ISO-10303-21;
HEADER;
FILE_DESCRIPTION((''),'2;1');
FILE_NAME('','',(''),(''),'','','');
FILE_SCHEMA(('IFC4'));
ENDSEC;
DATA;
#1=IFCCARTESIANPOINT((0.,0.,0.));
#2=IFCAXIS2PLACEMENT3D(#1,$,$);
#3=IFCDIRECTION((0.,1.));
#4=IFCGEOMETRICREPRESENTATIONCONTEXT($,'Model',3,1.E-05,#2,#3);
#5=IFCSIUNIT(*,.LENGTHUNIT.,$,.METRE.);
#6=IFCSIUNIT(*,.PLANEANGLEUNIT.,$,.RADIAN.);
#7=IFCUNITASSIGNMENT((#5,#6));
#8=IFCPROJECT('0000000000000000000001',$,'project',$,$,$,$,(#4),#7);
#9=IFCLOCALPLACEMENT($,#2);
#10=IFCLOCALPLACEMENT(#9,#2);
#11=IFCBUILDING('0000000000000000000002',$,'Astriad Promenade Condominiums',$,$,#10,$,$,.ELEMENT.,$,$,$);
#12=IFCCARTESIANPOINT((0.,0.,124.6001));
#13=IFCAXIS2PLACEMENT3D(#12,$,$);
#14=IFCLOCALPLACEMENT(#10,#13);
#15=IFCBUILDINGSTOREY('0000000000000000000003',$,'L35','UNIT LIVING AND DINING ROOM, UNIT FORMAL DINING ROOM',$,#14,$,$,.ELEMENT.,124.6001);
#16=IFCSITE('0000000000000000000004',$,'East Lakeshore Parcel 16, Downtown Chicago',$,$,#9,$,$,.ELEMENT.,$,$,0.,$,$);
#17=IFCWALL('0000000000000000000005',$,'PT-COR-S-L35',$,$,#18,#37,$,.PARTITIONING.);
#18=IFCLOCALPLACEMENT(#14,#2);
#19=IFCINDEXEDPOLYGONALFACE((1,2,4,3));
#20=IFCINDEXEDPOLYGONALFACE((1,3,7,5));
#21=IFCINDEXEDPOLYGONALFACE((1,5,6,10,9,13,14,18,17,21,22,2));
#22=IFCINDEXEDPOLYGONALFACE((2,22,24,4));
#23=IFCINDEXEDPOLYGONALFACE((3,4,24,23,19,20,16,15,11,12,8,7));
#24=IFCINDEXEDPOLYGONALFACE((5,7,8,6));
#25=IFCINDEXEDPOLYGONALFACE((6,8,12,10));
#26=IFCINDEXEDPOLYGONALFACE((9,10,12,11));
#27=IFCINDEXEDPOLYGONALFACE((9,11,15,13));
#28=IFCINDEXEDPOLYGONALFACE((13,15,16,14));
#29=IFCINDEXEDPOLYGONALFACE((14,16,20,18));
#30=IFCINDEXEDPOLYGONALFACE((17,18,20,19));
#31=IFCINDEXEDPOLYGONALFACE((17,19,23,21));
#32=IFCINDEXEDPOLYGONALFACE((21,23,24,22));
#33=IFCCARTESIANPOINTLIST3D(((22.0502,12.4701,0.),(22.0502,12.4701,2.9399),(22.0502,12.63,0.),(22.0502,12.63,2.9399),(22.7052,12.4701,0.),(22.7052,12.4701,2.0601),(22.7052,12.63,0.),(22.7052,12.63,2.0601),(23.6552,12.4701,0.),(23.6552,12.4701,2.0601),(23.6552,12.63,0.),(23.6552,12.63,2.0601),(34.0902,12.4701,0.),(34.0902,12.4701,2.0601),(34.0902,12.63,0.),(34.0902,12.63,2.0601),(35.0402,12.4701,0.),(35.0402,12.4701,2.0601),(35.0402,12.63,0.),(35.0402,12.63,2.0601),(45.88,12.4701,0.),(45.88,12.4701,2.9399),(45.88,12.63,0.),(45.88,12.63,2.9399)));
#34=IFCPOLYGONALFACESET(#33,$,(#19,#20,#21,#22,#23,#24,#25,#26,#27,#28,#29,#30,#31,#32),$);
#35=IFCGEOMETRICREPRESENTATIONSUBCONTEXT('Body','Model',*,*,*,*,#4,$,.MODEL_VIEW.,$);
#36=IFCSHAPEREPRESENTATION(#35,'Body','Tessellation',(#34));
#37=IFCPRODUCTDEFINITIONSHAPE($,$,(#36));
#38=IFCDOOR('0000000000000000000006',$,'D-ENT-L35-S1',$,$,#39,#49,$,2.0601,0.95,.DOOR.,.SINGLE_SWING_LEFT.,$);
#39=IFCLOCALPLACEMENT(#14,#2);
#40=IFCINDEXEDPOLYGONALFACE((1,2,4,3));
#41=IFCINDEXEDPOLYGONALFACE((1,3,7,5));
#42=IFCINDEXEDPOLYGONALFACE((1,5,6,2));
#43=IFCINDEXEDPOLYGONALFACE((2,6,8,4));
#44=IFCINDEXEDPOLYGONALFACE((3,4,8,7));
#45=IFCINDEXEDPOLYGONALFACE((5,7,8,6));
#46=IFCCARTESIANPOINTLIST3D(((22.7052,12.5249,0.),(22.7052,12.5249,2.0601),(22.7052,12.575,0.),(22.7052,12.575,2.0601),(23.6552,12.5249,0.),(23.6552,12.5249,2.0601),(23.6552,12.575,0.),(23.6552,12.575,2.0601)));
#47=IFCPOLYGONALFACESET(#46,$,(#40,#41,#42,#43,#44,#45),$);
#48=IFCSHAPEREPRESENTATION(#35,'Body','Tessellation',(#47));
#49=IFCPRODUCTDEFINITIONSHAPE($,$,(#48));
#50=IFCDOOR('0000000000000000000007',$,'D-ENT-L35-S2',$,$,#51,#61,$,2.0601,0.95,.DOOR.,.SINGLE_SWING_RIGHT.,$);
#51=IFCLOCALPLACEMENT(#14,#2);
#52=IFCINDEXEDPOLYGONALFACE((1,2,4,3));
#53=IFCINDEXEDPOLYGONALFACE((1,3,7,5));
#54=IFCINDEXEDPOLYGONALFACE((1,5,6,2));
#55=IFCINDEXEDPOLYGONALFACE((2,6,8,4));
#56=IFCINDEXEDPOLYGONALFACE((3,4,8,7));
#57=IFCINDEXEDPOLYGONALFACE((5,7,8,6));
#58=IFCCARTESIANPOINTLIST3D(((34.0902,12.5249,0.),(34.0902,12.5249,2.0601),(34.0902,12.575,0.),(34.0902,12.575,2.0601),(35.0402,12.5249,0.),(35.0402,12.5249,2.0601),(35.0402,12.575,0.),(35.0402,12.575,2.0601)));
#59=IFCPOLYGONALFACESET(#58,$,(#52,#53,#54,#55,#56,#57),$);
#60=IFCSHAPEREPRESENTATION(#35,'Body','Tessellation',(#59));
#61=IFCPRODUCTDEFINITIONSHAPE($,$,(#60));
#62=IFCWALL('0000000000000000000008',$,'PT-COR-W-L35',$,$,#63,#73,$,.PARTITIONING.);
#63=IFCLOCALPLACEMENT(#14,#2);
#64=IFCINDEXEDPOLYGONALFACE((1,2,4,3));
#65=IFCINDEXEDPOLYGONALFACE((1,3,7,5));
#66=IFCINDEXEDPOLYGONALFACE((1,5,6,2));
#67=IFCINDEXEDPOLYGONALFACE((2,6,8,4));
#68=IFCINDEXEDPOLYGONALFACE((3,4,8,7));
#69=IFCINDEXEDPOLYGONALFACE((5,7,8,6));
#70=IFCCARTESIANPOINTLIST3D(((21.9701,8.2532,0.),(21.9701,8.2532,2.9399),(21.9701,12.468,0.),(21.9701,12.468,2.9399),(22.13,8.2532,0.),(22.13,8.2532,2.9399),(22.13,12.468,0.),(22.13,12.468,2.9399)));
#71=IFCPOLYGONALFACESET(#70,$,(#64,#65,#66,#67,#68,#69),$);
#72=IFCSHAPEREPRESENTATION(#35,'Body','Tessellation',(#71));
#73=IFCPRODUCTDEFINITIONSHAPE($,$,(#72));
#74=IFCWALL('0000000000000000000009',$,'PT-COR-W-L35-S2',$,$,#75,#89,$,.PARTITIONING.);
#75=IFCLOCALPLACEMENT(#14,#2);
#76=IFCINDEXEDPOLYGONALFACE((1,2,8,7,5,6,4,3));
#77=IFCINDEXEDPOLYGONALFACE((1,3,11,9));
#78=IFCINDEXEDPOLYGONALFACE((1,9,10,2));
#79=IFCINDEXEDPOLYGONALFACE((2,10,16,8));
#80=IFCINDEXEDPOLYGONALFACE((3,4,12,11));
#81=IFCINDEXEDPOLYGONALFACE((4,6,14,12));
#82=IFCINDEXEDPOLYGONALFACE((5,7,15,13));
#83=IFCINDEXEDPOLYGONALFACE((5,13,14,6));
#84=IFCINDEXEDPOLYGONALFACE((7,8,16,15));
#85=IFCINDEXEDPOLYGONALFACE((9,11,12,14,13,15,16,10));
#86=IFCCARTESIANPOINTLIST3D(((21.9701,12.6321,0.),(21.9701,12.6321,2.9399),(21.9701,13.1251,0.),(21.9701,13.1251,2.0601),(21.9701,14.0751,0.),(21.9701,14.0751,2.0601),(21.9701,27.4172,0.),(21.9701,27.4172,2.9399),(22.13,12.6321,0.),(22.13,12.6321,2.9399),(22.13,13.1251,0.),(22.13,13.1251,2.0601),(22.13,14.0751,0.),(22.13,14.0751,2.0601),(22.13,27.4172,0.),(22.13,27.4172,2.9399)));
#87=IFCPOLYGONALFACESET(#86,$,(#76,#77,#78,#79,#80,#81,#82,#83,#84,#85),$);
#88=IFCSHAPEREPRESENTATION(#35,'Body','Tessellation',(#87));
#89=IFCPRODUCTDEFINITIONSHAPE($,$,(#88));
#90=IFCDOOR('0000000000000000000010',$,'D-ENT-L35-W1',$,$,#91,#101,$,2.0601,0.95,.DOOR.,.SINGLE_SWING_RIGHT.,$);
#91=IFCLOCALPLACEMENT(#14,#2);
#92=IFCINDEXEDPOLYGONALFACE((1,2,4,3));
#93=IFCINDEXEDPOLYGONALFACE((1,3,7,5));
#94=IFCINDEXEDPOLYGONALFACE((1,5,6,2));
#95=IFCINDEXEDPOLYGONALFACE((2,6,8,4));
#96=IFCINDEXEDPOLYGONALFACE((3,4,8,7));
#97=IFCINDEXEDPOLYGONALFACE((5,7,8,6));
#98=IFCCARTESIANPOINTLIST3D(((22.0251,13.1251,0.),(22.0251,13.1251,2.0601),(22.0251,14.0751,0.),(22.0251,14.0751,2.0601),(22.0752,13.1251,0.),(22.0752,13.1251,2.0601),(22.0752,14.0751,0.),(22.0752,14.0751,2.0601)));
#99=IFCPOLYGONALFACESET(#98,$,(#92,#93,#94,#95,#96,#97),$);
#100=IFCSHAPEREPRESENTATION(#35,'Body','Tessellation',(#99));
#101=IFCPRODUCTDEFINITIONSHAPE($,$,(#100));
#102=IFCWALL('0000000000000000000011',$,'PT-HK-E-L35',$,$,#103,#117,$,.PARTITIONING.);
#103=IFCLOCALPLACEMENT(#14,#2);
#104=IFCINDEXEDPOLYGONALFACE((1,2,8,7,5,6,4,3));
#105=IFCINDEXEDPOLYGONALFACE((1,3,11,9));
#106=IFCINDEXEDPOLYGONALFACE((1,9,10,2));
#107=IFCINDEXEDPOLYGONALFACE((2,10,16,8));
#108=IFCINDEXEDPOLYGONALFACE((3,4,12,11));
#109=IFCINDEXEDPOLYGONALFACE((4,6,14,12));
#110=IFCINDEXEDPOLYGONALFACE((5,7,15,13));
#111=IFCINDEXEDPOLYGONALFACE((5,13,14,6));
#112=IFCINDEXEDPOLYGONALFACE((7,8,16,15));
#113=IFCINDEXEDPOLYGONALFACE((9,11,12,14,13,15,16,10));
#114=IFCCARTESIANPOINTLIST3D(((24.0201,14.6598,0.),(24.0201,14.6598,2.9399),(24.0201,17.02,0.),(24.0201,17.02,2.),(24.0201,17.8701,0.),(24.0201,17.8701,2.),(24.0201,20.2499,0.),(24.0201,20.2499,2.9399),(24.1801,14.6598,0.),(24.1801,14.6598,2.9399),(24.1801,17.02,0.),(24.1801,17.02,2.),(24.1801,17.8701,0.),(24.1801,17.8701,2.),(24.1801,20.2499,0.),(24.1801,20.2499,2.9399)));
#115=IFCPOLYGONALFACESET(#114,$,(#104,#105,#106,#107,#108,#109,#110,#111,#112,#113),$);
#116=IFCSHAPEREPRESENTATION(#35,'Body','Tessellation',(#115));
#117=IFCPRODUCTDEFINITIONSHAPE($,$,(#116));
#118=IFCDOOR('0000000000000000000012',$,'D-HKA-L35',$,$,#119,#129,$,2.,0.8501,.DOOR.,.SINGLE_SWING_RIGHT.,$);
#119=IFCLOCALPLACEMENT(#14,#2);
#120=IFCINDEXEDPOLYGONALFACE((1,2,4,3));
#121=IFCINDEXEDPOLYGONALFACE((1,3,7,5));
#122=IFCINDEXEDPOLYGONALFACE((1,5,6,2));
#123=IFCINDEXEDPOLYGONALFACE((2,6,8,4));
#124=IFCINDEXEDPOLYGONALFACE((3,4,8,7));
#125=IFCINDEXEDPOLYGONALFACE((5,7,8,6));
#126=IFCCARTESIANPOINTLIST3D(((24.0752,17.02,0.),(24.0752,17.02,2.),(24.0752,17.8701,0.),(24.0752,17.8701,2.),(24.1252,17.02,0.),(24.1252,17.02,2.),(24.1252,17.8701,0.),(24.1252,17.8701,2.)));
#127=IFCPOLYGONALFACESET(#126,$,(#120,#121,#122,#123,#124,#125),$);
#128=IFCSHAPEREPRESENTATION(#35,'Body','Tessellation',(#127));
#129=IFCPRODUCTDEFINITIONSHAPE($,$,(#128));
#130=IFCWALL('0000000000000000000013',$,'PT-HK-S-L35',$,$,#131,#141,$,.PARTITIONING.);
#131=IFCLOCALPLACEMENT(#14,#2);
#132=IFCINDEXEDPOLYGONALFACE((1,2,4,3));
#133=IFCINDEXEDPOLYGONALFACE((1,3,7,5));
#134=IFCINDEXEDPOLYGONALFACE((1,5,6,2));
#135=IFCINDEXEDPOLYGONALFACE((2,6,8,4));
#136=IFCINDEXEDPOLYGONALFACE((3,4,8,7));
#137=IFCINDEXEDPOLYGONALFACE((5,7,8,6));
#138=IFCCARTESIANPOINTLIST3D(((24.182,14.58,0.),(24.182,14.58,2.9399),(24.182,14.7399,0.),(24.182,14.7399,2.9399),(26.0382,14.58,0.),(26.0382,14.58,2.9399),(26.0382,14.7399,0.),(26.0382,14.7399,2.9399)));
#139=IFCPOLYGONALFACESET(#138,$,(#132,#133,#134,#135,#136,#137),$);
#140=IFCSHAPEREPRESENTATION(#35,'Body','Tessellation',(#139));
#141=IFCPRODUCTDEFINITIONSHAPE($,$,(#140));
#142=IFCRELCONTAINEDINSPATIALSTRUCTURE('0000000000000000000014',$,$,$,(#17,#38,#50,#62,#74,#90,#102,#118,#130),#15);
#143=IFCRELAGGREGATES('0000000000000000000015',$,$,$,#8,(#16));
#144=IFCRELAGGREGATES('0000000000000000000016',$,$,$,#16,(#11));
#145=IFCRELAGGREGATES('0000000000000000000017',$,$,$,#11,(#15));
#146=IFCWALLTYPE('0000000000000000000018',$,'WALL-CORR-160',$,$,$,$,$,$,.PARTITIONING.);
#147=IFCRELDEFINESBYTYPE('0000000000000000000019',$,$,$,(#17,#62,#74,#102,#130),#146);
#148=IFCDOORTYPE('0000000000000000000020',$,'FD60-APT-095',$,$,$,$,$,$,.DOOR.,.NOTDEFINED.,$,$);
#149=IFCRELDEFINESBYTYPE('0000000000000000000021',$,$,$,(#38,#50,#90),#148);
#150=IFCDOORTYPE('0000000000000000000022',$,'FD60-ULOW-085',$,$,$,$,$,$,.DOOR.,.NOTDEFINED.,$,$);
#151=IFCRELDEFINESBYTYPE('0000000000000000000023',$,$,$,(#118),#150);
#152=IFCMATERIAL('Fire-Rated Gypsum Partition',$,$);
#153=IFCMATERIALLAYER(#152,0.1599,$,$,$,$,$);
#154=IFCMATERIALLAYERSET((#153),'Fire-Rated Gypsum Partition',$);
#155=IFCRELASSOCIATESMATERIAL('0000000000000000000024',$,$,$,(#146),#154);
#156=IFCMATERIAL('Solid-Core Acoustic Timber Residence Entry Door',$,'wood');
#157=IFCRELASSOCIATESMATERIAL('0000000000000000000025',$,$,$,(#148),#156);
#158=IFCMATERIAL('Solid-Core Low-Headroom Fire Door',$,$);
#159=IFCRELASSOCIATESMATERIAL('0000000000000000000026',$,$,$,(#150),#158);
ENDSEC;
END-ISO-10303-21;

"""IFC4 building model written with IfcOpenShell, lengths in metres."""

from ifc_helpers import new_model, si_unit, direction, frame, frame_2d, origin, place, context, subcontext, project, spatial, rectangle, extrude, source, transform, mapped, material, layer, layer_set, type_object, type_shapes, element, fill, save


model = new_model("IFC4")

# Units and contexts
model_context = context("Model", 3, precision=1e-05, world=origin(), true_north=direction((0.0, 1.0)))
body_context = subcontext(model_context, "Body", "Model", "MODEL_VIEW")
ifc_project = project(units=[si_unit("LENGTHUNIT", "METRE"), si_unit("PLANEANGLEUNIT", "RADIAN")], contexts=[model_context])

# Site, building, storey
site_placement = place(None, origin())
site = spatial("IfcSite", under=ifc_project, at=site_placement, Name="East Lakeshore Parcel 16, Downtown Chicago", CompositionType="ELEMENT", RefElevation=0.0)
building_placement = place(site_placement, origin())
building = spatial("IfcBuilding", under=site, at=building_placement, Name="Astriad Promenade Condominiums", CompositionType="ELEMENT")
storey_placement = place(building_placement, frame((0.0, 0.0, 124.6001)))
storey = spatial("IfcBuildingStorey", under=building, at=storey_placement, Name="L35", Description="UNIT LIVING AND DINING ROOM, UNIT FORMAL DINING ROOM", CompositionType="ELEMENT", Elevation=124.6001)

# Wall, openings, doors
ifc_material_1 = material(Name="Fire-Rated Gypsum Partition")
ifc_layer_1 = layer(ifc_material_1, 0.1599)
ifc_layer_set_1 = layer_set([ifc_layer_1], Name="Fire-Rated Gypsum Partition")
wall_type_1 = type_object("IfcWallType", Name="WALL-CORR-160", PredefinedType="PARTITIONING", material=ifc_layer_set_1)
wall_1_placement = place(storey_placement, frame((22.05, 12.55, 0.0), z_axis=(0.0, 0.0, 1.0), x_axis=(1.0, 0.0, 0.0)))
wall_1 = element("IfcWall", 1, at=wall_1_placement, inside=storey, type_object=wall_type_1, Name="PT-COR-S-L35", PredefinedType="PARTITIONING", context=body_context, shape_type="SweptSolid", body=[
    extrude(rectangle(XDim=23.8298, YDim=0.1599, at=frame_2d((11.915, 0.0))), origin(), (0.0, 0.0, 1.0), 2.9399),
])
opening_1_placement = place(wall_1_placement, frame((0.655, 0.0, 0.0)))
opening_1 = element("IfcOpeningElement", 2, at=opening_1_placement, cuts=wall_1, PredefinedType="OPENING", context=body_context, shape_type="SweptSolid", body=[
    extrude(rectangle(XDim=0.95, YDim=2.0601, at=frame_2d((0.4751, 1.03))), frame((0.0, 0.0898, 0.0), z_axis=(0.0, -1.0, 0.0), x_axis=(1.0, 0.0, 0.0)), (0.0, 0.0, 1.0), 0.1799),
])
opening_2_placement = place(wall_1_placement, frame((12.04, 0.0, 0.0)))
opening_2 = element("IfcOpeningElement", 3, at=opening_2_placement, cuts=wall_1, PredefinedType="OPENING", context=body_context, shape_type="SweptSolid", body=[
    extrude(rectangle(XDim=0.95, YDim=2.0601, at=frame_2d((0.4751, 1.03))), frame((0.0, 0.0898, 0.0), z_axis=(0.0, -1.0, 0.0), x_axis=(1.0, 0.0, 0.0)), (0.0, 0.0, 1.0), 0.1799),
])
ifc_material_2 = material(Name="Solid-Core Acoustic Timber Residence Entry Door", Category="wood")
door_type_1 = type_object("IfcDoorType", Name="FD60-APT-095", OperationType="NOTDEFINED", PredefinedType="DOOR", material=ifc_material_2)
shared_shape_1 = source(origin(), body_context, "Body", "SweptSolid", [
    extrude(rectangle(XDim=0.95, YDim=2.0601, at=frame_2d((0.4751, 1.03))), frame((0.0, 0.0249, 0.0), z_axis=(0.0, -1.0, 0.0), x_axis=(1.0, 0.0, 0.0)), (0.0, 0.0, 1.0), 0.05),
])
type_shapes(door_type_1, [shared_shape_1])
door_1_placement = place(opening_1_placement, origin())
door_1 = element("IfcDoor", 4, at=door_1_placement, inside=storey, type_object=door_type_1, Name="D-ENT-L35-S1", OperationType="SINGLE_SWING_LEFT", OverallHeight=2.0601, OverallWidth=0.95, PredefinedType="DOOR", context=body_context, shape_type="MappedRepresentation", body=[
    mapped(shared_shape_1, transform((0.0, 0.0, 0.0), scale=1.0)),
])
fill(opening_1, door_1)
door_2_placement = place(opening_2_placement, origin())
door_2 = element("IfcDoor", 5, at=door_2_placement, inside=storey, type_object=door_type_1, Name="D-ENT-L35-S2", OperationType="SINGLE_SWING_RIGHT", OverallHeight=2.0601, OverallWidth=0.95, PredefinedType="DOOR", context=body_context, shape_type="MappedRepresentation", body=[
    mapped(shared_shape_1, transform((0.0, 0.0, 0.0), scale=1.0)),
])
fill(opening_2, door_2)

# Wall
wall_2_placement = place(storey_placement, frame((22.05, 8.2532, 0.0), z_axis=(0.0, 0.0, 1.0), x_axis=(0.0, 1.0, 0.0)))
element("IfcWall", 6, at=wall_2_placement, inside=storey, type_object=wall_type_1, Name="PT-COR-W-L35", PredefinedType="PARTITIONING", context=body_context, shape_type="SweptSolid", body=[
    extrude(rectangle(XDim=4.2148, YDim=0.1599, at=frame_2d((2.1074, 0.0))), origin(), (0.0, 0.0, 1.0), 2.9399),
])

# Walls, openings, doors
wall_3_placement = place(storey_placement, frame((22.05, 12.6321, 0.0), z_axis=(0.0, 0.0, 1.0), x_axis=(0.0, 1.0, 0.0)))
wall_3 = element("IfcWall", 7, at=wall_3_placement, inside=storey, type_object=wall_type_1, Name="PT-COR-W-L35-S2", PredefinedType="PARTITIONING", context=body_context, shape_type="SweptSolid", body=[
    extrude(rectangle(XDim=14.7852, YDim=0.1599, at=frame_2d((7.3926, 0.0))), origin(), (0.0, 0.0, 1.0), 2.9399),
])
opening_3_placement = place(wall_3_placement, frame((0.4929, 0.0, 0.0)))
opening_3 = element("IfcOpeningElement", 8, at=opening_3_placement, cuts=wall_3, PredefinedType="OPENING", context=body_context, shape_type="SweptSolid", body=[
    extrude(rectangle(XDim=0.95, YDim=2.0601, at=frame_2d((0.4751, 1.03))), frame((0.0, 0.0898, 0.0), z_axis=(0.0, -1.0, 0.0), x_axis=(1.0, 0.0, 0.0)), (0.0, 0.0, 1.0), 0.1799),
])
door_3_placement = place(opening_3_placement, origin())
door_3 = element("IfcDoor", 9, at=door_3_placement, inside=storey, type_object=door_type_1, Name="D-ENT-L35-W1", OperationType="SINGLE_SWING_RIGHT", OverallHeight=2.0601, OverallWidth=0.95, PredefinedType="DOOR", context=body_context, shape_type="MappedRepresentation", body=[
    mapped(shared_shape_1, transform((0.0, 0.0, 0.0), scale=1.0)),
])
fill(opening_3, door_3)
wall_4_placement = place(storey_placement, frame((24.1001, 14.6599, 0.0), z_axis=(0.0, 0.0, 1.0), x_axis=(0.0, 1.0, 0.0)))
wall_4 = element("IfcWall", 10, at=wall_4_placement, inside=storey, type_object=wall_type_1, Name="PT-HK-E-L35", PredefinedType="PARTITIONING", context=body_context, shape_type="SweptSolid", body=[
    extrude(rectangle(XDim=5.5901, YDim=0.1599, at=frame_2d((2.7949, 0.0))), origin(), (0.0, 0.0, 1.0), 2.9399),
])
opening_4_placement = place(wall_4_placement, frame((2.3601, 0.0, 0.0)))
opening_4 = element("IfcOpeningElement", 11, at=opening_4_placement, cuts=wall_4, PredefinedType="OPENING", context=body_context, shape_type="SweptSolid", body=[
    extrude(rectangle(XDim=0.8501, YDim=2.0, at=frame_2d((0.425, 1.0))), frame((0.0, 0.0898, 0.0), z_axis=(0.0, -1.0, 0.0), x_axis=(1.0, 0.0, 0.0)), (0.0, 0.0, 1.0), 0.1799),
])
ifc_material_3 = material(Name="Solid-Core Low-Headroom Fire Door")
door_type_2 = type_object("IfcDoorType", Name="FD60-ULOW-085", OperationType="NOTDEFINED", PredefinedType="DOOR", material=ifc_material_3)
shared_shape_2 = source(origin(), body_context, "Body", "SweptSolid", [
    extrude(rectangle(XDim=0.8501, YDim=2.0, at=frame_2d((0.425, 1.0))), frame((0.0, 0.0249, 0.0), z_axis=(0.0, -1.0, 0.0), x_axis=(1.0, 0.0, 0.0)), (0.0, 0.0, 1.0), 0.05),
])
type_shapes(door_type_2, [shared_shape_2])
door_4_placement = place(opening_4_placement, origin())
door_4 = element("IfcDoor", 12, at=door_4_placement, inside=storey, type_object=door_type_2, Name="D-HKA-L35", OperationType="SINGLE_SWING_RIGHT", OverallHeight=2.0, OverallWidth=0.8501, PredefinedType="DOOR", context=body_context, shape_type="MappedRepresentation", body=[
    mapped(shared_shape_2, transform((0.0, 0.0, 0.0), scale=1.0)),
])
fill(opening_4, door_4)

# Wall
wall_5_placement = place(storey_placement, frame((24.1819, 14.6599, 0.0), z_axis=(0.0, 0.0, 1.0), x_axis=(1.0, 0.0, 0.0)))
element("IfcWall", 13, at=wall_5_placement, inside=storey, type_object=wall_type_1, Name="PT-HK-S-L35", PredefinedType="PARTITIONING", context=body_context, shape_type="SweptSolid", body=[
    extrude(rectangle(XDim=1.8562, YDim=0.1599, at=frame_2d((0.9282, 0.0))), origin(), (0.0, 0.0, 1.0), 2.9399),
])

save(model, "model.ifc")
